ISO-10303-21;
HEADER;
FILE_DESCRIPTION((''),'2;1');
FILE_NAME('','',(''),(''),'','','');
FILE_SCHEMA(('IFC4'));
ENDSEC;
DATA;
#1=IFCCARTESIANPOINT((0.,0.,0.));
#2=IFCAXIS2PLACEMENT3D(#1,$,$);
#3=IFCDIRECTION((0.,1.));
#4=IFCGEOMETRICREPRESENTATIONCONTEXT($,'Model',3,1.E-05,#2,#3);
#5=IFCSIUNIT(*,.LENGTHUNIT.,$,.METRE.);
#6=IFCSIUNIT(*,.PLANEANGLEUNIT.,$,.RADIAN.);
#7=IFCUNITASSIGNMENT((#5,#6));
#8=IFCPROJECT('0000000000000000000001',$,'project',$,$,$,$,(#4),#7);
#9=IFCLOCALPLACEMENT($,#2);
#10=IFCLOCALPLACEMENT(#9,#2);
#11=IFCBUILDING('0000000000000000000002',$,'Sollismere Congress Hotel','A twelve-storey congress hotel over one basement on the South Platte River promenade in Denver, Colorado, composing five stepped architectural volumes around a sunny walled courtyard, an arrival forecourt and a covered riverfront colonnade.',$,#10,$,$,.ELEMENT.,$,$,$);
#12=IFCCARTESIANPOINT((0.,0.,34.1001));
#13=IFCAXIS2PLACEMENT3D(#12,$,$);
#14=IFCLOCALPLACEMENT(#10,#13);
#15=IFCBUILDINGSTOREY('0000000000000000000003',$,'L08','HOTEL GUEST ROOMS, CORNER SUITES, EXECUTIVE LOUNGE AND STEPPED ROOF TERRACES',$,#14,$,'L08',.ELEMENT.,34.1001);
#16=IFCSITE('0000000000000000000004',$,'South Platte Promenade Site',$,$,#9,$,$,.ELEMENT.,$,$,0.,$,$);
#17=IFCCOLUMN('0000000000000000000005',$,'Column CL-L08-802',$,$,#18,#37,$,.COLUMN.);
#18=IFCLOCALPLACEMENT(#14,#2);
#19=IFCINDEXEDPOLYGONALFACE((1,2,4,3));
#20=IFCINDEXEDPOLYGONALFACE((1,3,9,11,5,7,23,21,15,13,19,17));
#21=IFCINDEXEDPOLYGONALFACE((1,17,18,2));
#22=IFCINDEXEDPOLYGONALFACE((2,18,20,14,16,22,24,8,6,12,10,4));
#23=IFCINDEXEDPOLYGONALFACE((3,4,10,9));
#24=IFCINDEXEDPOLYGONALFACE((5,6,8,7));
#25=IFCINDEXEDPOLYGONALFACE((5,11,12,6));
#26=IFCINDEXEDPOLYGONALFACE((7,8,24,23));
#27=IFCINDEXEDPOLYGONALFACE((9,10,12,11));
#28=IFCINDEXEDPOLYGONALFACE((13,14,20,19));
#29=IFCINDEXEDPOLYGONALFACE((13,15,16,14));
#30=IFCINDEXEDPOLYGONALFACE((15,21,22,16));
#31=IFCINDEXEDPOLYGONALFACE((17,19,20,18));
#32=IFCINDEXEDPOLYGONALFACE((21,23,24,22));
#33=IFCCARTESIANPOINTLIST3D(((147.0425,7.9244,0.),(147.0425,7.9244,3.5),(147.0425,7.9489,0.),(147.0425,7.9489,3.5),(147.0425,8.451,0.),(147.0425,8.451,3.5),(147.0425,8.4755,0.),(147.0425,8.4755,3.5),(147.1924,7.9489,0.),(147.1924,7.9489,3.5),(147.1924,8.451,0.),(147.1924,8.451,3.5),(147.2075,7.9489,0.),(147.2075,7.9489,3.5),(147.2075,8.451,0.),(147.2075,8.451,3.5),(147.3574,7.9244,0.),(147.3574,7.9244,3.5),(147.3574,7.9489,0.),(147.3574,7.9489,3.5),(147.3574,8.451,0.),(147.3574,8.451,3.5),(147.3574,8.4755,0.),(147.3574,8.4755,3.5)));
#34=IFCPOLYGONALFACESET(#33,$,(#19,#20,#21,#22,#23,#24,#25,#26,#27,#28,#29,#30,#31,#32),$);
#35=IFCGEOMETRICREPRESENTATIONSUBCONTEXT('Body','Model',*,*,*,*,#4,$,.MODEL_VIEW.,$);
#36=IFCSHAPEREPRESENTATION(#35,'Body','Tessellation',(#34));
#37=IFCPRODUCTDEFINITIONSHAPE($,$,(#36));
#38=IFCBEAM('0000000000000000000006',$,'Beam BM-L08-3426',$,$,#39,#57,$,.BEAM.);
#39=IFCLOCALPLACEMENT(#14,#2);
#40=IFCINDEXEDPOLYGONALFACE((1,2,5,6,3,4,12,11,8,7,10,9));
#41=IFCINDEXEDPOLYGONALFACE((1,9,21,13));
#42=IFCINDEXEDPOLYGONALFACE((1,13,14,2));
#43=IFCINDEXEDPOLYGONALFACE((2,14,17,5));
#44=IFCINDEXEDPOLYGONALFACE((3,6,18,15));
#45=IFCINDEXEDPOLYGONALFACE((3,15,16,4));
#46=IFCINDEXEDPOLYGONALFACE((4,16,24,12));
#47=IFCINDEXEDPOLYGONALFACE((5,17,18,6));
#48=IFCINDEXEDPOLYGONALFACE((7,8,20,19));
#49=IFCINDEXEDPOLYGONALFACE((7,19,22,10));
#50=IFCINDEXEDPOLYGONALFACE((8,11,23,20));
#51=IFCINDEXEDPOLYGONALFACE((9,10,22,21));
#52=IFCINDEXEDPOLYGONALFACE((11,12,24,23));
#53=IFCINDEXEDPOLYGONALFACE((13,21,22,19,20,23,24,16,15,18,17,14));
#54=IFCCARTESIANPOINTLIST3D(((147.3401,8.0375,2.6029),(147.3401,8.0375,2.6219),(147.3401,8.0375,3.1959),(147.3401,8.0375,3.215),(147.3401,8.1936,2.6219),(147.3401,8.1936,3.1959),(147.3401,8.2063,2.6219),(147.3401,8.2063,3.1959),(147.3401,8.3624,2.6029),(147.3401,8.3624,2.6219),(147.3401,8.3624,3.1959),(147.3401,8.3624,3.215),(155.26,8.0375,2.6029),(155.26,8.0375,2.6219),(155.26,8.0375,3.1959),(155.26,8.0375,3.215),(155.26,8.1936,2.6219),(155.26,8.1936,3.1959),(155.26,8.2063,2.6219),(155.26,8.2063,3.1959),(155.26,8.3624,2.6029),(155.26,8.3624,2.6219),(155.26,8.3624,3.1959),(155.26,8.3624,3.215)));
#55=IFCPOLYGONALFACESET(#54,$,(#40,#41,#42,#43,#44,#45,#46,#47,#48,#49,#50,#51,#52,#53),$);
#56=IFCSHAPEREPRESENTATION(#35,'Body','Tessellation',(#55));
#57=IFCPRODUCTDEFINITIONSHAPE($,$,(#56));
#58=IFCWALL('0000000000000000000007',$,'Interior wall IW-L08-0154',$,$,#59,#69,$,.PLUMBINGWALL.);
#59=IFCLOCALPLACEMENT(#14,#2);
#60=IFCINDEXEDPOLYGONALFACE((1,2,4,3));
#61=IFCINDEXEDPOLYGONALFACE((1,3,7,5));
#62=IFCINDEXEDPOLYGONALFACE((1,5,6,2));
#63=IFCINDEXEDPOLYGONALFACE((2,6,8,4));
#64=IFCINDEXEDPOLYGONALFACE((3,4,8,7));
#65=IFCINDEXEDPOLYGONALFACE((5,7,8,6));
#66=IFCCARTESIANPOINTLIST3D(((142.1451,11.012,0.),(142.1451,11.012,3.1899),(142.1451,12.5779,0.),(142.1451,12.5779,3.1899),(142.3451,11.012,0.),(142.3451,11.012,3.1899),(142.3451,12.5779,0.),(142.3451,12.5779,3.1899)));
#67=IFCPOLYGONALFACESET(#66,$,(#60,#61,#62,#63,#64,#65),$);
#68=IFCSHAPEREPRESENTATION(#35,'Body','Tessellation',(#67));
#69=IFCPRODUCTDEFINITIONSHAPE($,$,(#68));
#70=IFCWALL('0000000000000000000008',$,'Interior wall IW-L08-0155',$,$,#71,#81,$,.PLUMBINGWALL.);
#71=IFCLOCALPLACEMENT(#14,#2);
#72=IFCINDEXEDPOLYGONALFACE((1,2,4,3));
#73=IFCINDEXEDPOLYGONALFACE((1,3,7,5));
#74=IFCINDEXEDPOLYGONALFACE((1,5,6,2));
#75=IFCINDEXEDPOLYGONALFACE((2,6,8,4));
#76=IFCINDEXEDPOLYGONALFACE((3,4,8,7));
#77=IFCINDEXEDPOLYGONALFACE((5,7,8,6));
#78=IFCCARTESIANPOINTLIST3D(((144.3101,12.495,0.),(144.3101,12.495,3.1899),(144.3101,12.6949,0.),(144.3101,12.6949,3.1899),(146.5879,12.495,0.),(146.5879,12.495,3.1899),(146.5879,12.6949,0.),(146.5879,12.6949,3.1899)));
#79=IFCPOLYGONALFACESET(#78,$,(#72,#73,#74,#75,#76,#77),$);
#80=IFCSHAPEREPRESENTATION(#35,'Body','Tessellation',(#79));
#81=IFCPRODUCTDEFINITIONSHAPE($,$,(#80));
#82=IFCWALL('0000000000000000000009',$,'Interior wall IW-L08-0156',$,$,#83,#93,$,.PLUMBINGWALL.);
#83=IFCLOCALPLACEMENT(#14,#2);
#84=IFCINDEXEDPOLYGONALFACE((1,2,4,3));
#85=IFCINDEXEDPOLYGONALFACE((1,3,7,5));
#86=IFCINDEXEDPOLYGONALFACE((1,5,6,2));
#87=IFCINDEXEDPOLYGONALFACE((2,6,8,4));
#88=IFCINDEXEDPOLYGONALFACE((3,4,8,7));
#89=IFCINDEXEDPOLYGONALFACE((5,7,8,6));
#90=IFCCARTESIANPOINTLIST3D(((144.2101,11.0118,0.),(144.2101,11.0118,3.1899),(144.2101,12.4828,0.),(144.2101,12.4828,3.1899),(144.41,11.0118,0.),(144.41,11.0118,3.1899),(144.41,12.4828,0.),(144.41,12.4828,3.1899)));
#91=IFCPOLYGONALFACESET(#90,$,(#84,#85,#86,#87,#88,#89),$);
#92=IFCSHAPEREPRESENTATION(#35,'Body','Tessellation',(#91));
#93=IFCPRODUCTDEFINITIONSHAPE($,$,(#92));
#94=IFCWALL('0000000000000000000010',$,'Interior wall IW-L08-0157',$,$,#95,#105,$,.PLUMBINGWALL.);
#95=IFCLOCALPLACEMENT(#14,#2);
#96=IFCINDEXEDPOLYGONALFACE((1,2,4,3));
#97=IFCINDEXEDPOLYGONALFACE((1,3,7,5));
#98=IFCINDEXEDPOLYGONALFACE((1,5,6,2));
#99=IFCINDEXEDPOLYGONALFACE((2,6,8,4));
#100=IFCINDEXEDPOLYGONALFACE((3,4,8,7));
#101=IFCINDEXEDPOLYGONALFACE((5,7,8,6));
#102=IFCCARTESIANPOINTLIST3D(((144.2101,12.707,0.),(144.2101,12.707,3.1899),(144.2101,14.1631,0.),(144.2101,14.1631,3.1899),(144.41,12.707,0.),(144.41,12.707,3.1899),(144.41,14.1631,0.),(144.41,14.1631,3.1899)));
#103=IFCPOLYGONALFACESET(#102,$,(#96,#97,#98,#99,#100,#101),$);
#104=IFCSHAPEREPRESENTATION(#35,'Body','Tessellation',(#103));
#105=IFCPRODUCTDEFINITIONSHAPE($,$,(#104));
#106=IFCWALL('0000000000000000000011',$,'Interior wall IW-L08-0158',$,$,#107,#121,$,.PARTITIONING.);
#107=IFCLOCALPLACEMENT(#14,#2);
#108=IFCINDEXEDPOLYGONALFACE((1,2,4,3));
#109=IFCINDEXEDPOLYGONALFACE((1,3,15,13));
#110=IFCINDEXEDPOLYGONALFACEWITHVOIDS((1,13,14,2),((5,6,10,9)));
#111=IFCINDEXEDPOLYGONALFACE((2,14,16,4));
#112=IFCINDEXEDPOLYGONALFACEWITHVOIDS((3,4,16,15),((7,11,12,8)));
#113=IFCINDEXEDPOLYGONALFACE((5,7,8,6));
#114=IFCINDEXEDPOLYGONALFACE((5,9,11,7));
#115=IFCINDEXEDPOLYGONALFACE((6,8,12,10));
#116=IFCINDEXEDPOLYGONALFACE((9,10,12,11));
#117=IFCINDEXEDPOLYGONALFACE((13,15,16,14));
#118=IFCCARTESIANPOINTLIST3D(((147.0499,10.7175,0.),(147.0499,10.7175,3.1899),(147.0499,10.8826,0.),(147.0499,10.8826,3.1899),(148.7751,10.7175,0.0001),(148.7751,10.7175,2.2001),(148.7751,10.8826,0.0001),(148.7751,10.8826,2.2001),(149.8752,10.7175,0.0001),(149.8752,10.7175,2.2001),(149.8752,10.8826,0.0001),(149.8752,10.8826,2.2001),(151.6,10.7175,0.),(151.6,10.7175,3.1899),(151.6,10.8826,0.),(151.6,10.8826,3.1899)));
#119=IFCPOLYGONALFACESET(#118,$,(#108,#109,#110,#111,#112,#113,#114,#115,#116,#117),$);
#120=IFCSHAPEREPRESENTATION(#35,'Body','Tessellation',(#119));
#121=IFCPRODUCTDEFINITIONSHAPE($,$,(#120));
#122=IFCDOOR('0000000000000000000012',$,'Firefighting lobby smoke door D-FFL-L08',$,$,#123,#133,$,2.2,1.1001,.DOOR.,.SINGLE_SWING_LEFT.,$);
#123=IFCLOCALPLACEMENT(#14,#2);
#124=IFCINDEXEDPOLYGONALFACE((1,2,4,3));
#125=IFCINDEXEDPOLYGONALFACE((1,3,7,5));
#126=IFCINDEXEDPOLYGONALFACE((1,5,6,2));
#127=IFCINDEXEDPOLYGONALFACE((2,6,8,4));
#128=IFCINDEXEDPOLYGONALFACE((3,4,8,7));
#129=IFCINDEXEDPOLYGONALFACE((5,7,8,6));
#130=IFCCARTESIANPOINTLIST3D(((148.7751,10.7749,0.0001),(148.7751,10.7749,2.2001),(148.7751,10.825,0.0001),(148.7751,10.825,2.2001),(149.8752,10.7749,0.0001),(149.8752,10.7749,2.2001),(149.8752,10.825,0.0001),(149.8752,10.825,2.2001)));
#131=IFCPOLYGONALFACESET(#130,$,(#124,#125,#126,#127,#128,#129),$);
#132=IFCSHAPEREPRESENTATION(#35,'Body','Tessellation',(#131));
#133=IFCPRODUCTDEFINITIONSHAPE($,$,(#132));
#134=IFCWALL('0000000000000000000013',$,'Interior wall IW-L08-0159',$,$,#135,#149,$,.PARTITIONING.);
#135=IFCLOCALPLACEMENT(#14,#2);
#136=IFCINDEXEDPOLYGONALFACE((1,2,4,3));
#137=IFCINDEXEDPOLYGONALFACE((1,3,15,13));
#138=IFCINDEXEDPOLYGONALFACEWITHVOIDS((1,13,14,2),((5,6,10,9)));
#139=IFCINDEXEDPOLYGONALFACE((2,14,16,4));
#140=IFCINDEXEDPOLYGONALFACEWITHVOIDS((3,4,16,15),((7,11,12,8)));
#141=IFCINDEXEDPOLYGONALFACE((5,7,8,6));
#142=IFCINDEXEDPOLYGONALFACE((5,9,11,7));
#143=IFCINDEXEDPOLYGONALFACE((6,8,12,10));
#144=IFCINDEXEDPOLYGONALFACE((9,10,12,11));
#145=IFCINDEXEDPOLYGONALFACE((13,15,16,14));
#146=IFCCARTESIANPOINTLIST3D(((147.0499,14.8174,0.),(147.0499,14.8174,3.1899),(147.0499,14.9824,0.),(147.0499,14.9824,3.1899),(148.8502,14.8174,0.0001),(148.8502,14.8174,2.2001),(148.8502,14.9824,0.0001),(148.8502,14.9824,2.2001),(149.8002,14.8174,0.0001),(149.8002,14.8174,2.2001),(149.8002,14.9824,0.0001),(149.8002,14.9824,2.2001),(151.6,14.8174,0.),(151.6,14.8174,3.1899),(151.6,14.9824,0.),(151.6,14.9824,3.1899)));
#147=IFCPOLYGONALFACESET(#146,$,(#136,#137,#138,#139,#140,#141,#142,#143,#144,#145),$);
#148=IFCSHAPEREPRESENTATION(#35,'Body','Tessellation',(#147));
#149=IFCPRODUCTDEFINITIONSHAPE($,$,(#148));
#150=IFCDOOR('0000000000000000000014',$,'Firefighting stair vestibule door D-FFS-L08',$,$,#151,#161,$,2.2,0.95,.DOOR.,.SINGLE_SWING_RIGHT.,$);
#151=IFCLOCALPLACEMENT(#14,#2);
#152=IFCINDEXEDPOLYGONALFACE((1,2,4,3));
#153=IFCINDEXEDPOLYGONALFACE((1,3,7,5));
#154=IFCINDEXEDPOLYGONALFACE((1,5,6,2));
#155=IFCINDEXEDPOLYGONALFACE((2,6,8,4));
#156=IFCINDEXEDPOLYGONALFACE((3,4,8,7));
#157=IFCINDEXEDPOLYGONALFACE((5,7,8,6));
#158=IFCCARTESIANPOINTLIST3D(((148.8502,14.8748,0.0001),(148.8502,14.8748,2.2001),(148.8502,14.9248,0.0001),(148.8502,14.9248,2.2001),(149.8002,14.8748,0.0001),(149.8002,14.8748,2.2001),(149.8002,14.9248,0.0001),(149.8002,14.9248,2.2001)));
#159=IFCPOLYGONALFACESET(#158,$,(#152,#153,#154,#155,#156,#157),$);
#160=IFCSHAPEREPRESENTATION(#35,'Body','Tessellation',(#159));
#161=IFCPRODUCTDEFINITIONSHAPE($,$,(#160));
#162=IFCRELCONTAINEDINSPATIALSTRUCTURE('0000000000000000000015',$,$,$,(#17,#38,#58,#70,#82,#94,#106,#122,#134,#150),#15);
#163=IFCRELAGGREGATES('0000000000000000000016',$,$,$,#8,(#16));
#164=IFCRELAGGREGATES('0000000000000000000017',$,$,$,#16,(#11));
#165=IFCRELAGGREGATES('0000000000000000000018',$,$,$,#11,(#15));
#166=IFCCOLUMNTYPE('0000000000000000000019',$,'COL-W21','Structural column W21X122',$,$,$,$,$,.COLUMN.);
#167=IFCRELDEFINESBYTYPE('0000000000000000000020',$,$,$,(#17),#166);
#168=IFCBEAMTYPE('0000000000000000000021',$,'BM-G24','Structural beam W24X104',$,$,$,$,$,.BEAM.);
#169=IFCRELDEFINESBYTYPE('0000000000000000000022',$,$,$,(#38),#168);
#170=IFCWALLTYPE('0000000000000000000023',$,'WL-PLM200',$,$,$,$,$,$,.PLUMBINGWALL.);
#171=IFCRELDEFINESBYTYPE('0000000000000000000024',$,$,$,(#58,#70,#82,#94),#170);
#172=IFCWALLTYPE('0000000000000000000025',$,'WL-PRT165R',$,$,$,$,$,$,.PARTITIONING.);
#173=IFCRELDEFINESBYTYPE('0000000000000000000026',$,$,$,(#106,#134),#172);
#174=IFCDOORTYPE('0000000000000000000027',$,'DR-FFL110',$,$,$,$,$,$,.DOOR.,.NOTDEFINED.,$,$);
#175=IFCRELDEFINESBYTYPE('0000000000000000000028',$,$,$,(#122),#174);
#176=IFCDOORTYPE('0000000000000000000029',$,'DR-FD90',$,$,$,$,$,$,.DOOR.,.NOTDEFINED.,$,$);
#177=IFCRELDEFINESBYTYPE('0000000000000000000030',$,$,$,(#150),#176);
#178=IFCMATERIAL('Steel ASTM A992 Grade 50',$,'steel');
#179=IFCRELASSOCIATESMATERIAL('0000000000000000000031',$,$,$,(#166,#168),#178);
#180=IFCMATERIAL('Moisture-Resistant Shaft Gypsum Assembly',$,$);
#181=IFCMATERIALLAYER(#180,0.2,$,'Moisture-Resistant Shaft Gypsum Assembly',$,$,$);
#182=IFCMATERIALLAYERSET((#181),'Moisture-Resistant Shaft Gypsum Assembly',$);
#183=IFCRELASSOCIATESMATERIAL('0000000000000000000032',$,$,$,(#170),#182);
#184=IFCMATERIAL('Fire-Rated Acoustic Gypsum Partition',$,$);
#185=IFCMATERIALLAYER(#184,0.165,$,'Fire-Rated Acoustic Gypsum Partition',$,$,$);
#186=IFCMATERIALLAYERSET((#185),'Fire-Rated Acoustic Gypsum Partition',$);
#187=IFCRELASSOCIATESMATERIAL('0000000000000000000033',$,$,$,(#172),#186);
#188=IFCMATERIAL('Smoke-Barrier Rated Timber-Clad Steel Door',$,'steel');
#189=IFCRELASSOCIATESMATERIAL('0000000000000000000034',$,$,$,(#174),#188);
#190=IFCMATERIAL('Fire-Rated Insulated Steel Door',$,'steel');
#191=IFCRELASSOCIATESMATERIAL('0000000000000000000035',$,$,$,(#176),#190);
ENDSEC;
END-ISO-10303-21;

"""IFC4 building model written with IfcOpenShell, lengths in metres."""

from ifc_helpers import new_model, si_unit, direction, frame, frame_2d, origin, origin_2d, place, context, subcontext, project, spatial, rectangle, i_section, extrude, material, layer, layer_set, material_profile, profile_set, type_object, element, fill, save


model = new_model("IFC4")

# Units and contexts
model_context = context("Model", 3, precision=1e-05, world=origin(), true_north=direction((0.0, 1.0)))
body_context = subcontext(model_context, "Body", "Model", "MODEL_VIEW")
ifc_project = project(units=[si_unit("LENGTHUNIT", "METRE"), si_unit("PLANEANGLEUNIT", "RADIAN")], contexts=[model_context])

# Site, building, storey
site_placement = place(None, origin())
site = spatial("IfcSite", under=ifc_project, at=site_placement, Name="South Platte Promenade Site", CompositionType="ELEMENT", RefElevation=0.0)
building_placement = place(site_placement, origin())
building = spatial("IfcBuilding", under=site, at=building_placement, Name="Sollismere Congress Hotel", Description="A twelve-storey congress hotel over one basement on the South Platte River promenade in Denver, Colorado, composing five stepped architectural volumes around a sunny walled courtyard, an arrival forecourt and a covered riverfront colonnade.", CompositionType="ELEMENT")
storey_placement = place(building_placement, frame((0.0, 0.0, 34.1001)))
storey = spatial("IfcBuildingStorey", under=building, at=storey_placement, Name="L08", Description="HOTEL GUEST ROOMS, CORNER SUITES, EXECUTIVE LOUNGE AND STEPPED ROOF TERRACES", LongName="L08", CompositionType="ELEMENT", Elevation=34.1001)

# Column
ifc_material_1 = material(Name="Steel ASTM A992 Grade 50", Category="steel")
ifc_material_profile_1 = material_profile(ifc_material_1, i_section(OverallWidth=0.3149, OverallDepth=0.551, WebThickness=0.0151, FlangeThickness=0.0244, at=origin_2d()), Name="W21X122")
ifc_profile_set_1 = profile_set([ifc_material_profile_1], Name="Steel ASTM A992 Grade 50")
column_type = type_object("IfcColumnType", Name="COL-W21", Description="Structural column W21X122", PredefinedType="COLUMN", material=ifc_profile_set_1)
column_placement = place(storey_placement, frame((147.2, 8.2, 0.0), z_axis=(0.0, 0.0, 1.0), x_axis=(1.0, 0.0, 0.0)))
element("IfcColumn", 1, at=column_placement, inside=storey, type_object=column_type, Name="Column CL-L08-802", PredefinedType="COLUMN", context=body_context, shape_type="SweptSolid", body=[
    extrude(i_section(OverallWidth=0.3149, OverallDepth=0.551, WebThickness=0.0151, FlangeThickness=0.0244, at=origin_2d()), origin(), (0.0, 0.0, 1.0), 3.5),
])

# Beam
ifc_material_profile_2 = material_profile(ifc_material_1, i_section(OverallWidth=0.325, OverallDepth=0.6121, WebThickness=0.0127, FlangeThickness=0.019, at=origin_2d()), Name="W24X104")
ifc_profile_set_2 = profile_set([ifc_material_profile_2], Name="Steel ASTM A992 Grade 50")
beam_type = type_object("IfcBeamType", Name="BM-G24", Description="Structural beam W24X104", PredefinedType="BEAM", material=ifc_profile_set_2)
beam_placement = place(storey_placement, frame((147.3401, 8.2, 2.9089), z_axis=(1.0, 0.0, 0.0), x_axis=(0.0, 1.0, 0.0)))
element("IfcBeam", 2, at=beam_placement, inside=storey, type_object=beam_type, Name="Beam BM-L08-3426", PredefinedType="BEAM", context=body_context, shape_type="SweptSolid", body=[
    extrude(i_section(OverallWidth=0.325, OverallDepth=0.6121, WebThickness=0.0127, FlangeThickness=0.019, at=origin_2d()), origin(), (0.0, 0.0, 1.0), 7.9199),
])

# Walls
ifc_material_2 = material(Name="Moisture-Resistant Shaft Gypsum Assembly")
ifc_layer_1 = layer(ifc_material_2, 0.2, Name="Moisture-Resistant Shaft Gypsum Assembly")
ifc_layer_set_1 = layer_set([ifc_layer_1], Name="Moisture-Resistant Shaft Gypsum Assembly")
wall_type_1 = type_object("IfcWallType", Name="WL-PLM200", PredefinedType="PLUMBINGWALL", material=ifc_layer_set_1)
wall_1_placement = place(storey_placement, frame((142.2451, 11.012, 0.0), z_axis=(0.0, 0.0, 1.0), x_axis=(0.0, 1.0, 0.0)))
element("IfcWall", 3, at=wall_1_placement, inside=storey, type_object=wall_type_1, Name="Interior wall IW-L08-0154", PredefinedType="PLUMBINGWALL", context=body_context, shape_type="SweptSolid", body=[
    extrude(rectangle(XDim=1.5659, YDim=0.2, at=frame_2d((0.783, 0.0))), origin(), (0.0, 0.0, 1.0), 3.1899),
])
wall_2_placement = place(storey_placement, frame((144.3101, 12.595, 0.0), z_axis=(0.0, 0.0, 1.0), x_axis=(1.0, 0.0, 0.0)))
element("IfcWall", 4, at=wall_2_placement, inside=storey, type_object=wall_type_1, Name="Interior wall IW-L08-0155", PredefinedType="PLUMBINGWALL", context=body_context, shape_type="SweptSolid", body=[
    extrude(rectangle(XDim=2.2778, YDim=0.2, at=frame_2d((1.1389, 0.0))), origin(), (0.0, 0.0, 1.0), 3.1899),
])
wall_3_placement = place(storey_placement, frame((144.3101, 11.012, 0.0), z_axis=(0.0, 0.0, 1.0), x_axis=(0.0, 1.0, 0.0)))
element("IfcWall", 5, at=wall_3_placement, inside=storey, type_object=wall_type_1, Name="Interior wall IW-L08-0156", PredefinedType="PLUMBINGWALL", context=body_context, shape_type="SweptSolid", body=[
    extrude(rectangle(XDim=1.4709, YDim=0.2, at=frame_2d((0.7354, 0.0))), origin(), (0.0, 0.0, 1.0), 3.1899),
])
wall_4_placement = place(storey_placement, frame((144.3101, 12.707, 0.0), z_axis=(0.0, 0.0, 1.0), x_axis=(0.0, 1.0, 0.0)))
element("IfcWall", 6, at=wall_4_placement, inside=storey, type_object=wall_type_1, Name="Interior wall IW-L08-0157", PredefinedType="PLUMBINGWALL", context=body_context, shape_type="SweptSolid", body=[
    extrude(rectangle(XDim=1.4561, YDim=0.2, at=frame_2d((0.728, 0.0))), origin(), (0.0, 0.0, 1.0), 3.1899),
])

# Walls, openings, doors
ifc_material_3 = material(Name="Fire-Rated Acoustic Gypsum Partition")
ifc_layer_2 = layer(ifc_material_3, 0.165, Name="Fire-Rated Acoustic Gypsum Partition")
ifc_layer_set_2 = layer_set([ifc_layer_2], Name="Fire-Rated Acoustic Gypsum Partition")
wall_type_2 = type_object("IfcWallType", Name="WL-PRT165R", PredefinedType="PARTITIONING", material=ifc_layer_set_2)
wall_5_placement = place(storey_placement, frame((147.05, 10.8, 0.0), z_axis=(0.0, 0.0, 1.0), x_axis=(1.0, 0.0, 0.0)))
wall_5 = element("IfcWall", 7, at=wall_5_placement, inside=storey, type_object=wall_type_2, Name="Interior wall IW-L08-0158", PredefinedType="PARTITIONING", context=body_context, shape_type="SweptSolid", body=[
    extrude(rectangle(XDim=4.55, YDim=0.165, at=frame_2d((2.2749, 0.0))), origin(), (0.0, 0.0, 1.0), 3.1899),
])
opening_1_placement = place(wall_5_placement, frame((1.7251, 0.0, 0.0)))
opening_1 = element("IfcOpeningElement", 8, at=opening_1_placement, cuts=wall_5, PredefinedType="OPENING", context=body_context, shape_type="SweptSolid", body=[
    extrude(rectangle(XDim=1.1001, YDim=2.2, at=frame_2d((0.55, 1.1001))), frame((0.0, 0.0925, 0.0), z_axis=(0.0, -1.0, 0.0), x_axis=(1.0, 0.0, 0.0)), (0.0, 0.0, 1.0), 0.1851),
])
ifc_material_4 = material(Name="Smoke-Barrier Rated Timber-Clad Steel Door", Category="steel")
door_type_1 = type_object("IfcDoorType", Name="DR-FFL110", OperationType="NOTDEFINED", PredefinedType="DOOR", material=ifc_material_4)
door_1_placement = place(opening_1_placement, origin())
door_1 = element("IfcDoor", 9, at=door_1_placement, inside=storey, type_object=door_type_1, Name="Firefighting lobby smoke door D-FFL-L08", OperationType="SINGLE_SWING_LEFT", OverallHeight=2.2, OverallWidth=1.1001, PredefinedType="DOOR", context=body_context, shape_type="SweptSolid", body=[
    extrude(rectangle(XDim=1.1001, YDim=2.2, at=frame_2d((0.55, 1.1001))), frame((0.0, 0.0249, 0.0), z_axis=(0.0, -1.0, 0.0), x_axis=(1.0, 0.0, 0.0)), (0.0, 0.0, 1.0), 0.05),
])
fill(opening_1, door_1)
wall_6_placement = place(storey_placement, frame((147.05, 14.8999, 0.0), z_axis=(0.0, 0.0, 1.0), x_axis=(1.0, 0.0, 0.0)))
wall_6 = element("IfcWall", 10, at=wall_6_placement, inside=storey, type_object=wall_type_2, Name="Interior wall IW-L08-0159", PredefinedType="PARTITIONING", context=body_context, shape_type="SweptSolid", body=[
    extrude(rectangle(XDim=4.55, YDim=0.165, at=frame_2d((2.2749, 0.0))), origin(), (0.0, 0.0, 1.0), 3.1899),
])
opening_2_placement = place(wall_6_placement, frame((1.8, 0.0, 0.0)))
opening_2 = element("IfcOpeningElement", 11, at=opening_2_placement, cuts=wall_6, PredefinedType="OPENING", context=body_context, shape_type="SweptSolid", body=[
    extrude(rectangle(XDim=0.95, YDim=2.2, at=frame_2d((0.4751, 1.1001))), frame((0.0, 0.0925, 0.0), z_axis=(0.0, -1.0, 0.0), x_axis=(1.0, 0.0, 0.0)), (0.0, 0.0, 1.0), 0.1851),
])
ifc_material_5 = material(Name="Fire-Rated Insulated Steel Door", Category="steel")
door_type_2 = type_object("IfcDoorType", Name="DR-FD90", OperationType="NOTDEFINED", PredefinedType="DOOR", material=ifc_material_5)
door_2_placement = place(opening_2_placement, origin())
door_2 = element("IfcDoor", 12, at=door_2_placement, inside=storey, type_object=door_type_2, Name="Firefighting stair vestibule door D-FFS-L08", OperationType="SINGLE_SWING_RIGHT", OverallHeight=2.2, OverallWidth=0.95, PredefinedType="DOOR", context=body_context, shape_type="SweptSolid", body=[
    extrude(rectangle(XDim=0.95, YDim=2.2, at=frame_2d((0.4751, 1.1001))), frame((0.0, 0.0249, 0.0), z_axis=(0.0, -1.0, 0.0), x_axis=(1.0, 0.0, 0.0)), (0.0, 0.0, 1.0), 0.05),
])
fill(opening_2, door_2)

save(model, "model.ifc")
